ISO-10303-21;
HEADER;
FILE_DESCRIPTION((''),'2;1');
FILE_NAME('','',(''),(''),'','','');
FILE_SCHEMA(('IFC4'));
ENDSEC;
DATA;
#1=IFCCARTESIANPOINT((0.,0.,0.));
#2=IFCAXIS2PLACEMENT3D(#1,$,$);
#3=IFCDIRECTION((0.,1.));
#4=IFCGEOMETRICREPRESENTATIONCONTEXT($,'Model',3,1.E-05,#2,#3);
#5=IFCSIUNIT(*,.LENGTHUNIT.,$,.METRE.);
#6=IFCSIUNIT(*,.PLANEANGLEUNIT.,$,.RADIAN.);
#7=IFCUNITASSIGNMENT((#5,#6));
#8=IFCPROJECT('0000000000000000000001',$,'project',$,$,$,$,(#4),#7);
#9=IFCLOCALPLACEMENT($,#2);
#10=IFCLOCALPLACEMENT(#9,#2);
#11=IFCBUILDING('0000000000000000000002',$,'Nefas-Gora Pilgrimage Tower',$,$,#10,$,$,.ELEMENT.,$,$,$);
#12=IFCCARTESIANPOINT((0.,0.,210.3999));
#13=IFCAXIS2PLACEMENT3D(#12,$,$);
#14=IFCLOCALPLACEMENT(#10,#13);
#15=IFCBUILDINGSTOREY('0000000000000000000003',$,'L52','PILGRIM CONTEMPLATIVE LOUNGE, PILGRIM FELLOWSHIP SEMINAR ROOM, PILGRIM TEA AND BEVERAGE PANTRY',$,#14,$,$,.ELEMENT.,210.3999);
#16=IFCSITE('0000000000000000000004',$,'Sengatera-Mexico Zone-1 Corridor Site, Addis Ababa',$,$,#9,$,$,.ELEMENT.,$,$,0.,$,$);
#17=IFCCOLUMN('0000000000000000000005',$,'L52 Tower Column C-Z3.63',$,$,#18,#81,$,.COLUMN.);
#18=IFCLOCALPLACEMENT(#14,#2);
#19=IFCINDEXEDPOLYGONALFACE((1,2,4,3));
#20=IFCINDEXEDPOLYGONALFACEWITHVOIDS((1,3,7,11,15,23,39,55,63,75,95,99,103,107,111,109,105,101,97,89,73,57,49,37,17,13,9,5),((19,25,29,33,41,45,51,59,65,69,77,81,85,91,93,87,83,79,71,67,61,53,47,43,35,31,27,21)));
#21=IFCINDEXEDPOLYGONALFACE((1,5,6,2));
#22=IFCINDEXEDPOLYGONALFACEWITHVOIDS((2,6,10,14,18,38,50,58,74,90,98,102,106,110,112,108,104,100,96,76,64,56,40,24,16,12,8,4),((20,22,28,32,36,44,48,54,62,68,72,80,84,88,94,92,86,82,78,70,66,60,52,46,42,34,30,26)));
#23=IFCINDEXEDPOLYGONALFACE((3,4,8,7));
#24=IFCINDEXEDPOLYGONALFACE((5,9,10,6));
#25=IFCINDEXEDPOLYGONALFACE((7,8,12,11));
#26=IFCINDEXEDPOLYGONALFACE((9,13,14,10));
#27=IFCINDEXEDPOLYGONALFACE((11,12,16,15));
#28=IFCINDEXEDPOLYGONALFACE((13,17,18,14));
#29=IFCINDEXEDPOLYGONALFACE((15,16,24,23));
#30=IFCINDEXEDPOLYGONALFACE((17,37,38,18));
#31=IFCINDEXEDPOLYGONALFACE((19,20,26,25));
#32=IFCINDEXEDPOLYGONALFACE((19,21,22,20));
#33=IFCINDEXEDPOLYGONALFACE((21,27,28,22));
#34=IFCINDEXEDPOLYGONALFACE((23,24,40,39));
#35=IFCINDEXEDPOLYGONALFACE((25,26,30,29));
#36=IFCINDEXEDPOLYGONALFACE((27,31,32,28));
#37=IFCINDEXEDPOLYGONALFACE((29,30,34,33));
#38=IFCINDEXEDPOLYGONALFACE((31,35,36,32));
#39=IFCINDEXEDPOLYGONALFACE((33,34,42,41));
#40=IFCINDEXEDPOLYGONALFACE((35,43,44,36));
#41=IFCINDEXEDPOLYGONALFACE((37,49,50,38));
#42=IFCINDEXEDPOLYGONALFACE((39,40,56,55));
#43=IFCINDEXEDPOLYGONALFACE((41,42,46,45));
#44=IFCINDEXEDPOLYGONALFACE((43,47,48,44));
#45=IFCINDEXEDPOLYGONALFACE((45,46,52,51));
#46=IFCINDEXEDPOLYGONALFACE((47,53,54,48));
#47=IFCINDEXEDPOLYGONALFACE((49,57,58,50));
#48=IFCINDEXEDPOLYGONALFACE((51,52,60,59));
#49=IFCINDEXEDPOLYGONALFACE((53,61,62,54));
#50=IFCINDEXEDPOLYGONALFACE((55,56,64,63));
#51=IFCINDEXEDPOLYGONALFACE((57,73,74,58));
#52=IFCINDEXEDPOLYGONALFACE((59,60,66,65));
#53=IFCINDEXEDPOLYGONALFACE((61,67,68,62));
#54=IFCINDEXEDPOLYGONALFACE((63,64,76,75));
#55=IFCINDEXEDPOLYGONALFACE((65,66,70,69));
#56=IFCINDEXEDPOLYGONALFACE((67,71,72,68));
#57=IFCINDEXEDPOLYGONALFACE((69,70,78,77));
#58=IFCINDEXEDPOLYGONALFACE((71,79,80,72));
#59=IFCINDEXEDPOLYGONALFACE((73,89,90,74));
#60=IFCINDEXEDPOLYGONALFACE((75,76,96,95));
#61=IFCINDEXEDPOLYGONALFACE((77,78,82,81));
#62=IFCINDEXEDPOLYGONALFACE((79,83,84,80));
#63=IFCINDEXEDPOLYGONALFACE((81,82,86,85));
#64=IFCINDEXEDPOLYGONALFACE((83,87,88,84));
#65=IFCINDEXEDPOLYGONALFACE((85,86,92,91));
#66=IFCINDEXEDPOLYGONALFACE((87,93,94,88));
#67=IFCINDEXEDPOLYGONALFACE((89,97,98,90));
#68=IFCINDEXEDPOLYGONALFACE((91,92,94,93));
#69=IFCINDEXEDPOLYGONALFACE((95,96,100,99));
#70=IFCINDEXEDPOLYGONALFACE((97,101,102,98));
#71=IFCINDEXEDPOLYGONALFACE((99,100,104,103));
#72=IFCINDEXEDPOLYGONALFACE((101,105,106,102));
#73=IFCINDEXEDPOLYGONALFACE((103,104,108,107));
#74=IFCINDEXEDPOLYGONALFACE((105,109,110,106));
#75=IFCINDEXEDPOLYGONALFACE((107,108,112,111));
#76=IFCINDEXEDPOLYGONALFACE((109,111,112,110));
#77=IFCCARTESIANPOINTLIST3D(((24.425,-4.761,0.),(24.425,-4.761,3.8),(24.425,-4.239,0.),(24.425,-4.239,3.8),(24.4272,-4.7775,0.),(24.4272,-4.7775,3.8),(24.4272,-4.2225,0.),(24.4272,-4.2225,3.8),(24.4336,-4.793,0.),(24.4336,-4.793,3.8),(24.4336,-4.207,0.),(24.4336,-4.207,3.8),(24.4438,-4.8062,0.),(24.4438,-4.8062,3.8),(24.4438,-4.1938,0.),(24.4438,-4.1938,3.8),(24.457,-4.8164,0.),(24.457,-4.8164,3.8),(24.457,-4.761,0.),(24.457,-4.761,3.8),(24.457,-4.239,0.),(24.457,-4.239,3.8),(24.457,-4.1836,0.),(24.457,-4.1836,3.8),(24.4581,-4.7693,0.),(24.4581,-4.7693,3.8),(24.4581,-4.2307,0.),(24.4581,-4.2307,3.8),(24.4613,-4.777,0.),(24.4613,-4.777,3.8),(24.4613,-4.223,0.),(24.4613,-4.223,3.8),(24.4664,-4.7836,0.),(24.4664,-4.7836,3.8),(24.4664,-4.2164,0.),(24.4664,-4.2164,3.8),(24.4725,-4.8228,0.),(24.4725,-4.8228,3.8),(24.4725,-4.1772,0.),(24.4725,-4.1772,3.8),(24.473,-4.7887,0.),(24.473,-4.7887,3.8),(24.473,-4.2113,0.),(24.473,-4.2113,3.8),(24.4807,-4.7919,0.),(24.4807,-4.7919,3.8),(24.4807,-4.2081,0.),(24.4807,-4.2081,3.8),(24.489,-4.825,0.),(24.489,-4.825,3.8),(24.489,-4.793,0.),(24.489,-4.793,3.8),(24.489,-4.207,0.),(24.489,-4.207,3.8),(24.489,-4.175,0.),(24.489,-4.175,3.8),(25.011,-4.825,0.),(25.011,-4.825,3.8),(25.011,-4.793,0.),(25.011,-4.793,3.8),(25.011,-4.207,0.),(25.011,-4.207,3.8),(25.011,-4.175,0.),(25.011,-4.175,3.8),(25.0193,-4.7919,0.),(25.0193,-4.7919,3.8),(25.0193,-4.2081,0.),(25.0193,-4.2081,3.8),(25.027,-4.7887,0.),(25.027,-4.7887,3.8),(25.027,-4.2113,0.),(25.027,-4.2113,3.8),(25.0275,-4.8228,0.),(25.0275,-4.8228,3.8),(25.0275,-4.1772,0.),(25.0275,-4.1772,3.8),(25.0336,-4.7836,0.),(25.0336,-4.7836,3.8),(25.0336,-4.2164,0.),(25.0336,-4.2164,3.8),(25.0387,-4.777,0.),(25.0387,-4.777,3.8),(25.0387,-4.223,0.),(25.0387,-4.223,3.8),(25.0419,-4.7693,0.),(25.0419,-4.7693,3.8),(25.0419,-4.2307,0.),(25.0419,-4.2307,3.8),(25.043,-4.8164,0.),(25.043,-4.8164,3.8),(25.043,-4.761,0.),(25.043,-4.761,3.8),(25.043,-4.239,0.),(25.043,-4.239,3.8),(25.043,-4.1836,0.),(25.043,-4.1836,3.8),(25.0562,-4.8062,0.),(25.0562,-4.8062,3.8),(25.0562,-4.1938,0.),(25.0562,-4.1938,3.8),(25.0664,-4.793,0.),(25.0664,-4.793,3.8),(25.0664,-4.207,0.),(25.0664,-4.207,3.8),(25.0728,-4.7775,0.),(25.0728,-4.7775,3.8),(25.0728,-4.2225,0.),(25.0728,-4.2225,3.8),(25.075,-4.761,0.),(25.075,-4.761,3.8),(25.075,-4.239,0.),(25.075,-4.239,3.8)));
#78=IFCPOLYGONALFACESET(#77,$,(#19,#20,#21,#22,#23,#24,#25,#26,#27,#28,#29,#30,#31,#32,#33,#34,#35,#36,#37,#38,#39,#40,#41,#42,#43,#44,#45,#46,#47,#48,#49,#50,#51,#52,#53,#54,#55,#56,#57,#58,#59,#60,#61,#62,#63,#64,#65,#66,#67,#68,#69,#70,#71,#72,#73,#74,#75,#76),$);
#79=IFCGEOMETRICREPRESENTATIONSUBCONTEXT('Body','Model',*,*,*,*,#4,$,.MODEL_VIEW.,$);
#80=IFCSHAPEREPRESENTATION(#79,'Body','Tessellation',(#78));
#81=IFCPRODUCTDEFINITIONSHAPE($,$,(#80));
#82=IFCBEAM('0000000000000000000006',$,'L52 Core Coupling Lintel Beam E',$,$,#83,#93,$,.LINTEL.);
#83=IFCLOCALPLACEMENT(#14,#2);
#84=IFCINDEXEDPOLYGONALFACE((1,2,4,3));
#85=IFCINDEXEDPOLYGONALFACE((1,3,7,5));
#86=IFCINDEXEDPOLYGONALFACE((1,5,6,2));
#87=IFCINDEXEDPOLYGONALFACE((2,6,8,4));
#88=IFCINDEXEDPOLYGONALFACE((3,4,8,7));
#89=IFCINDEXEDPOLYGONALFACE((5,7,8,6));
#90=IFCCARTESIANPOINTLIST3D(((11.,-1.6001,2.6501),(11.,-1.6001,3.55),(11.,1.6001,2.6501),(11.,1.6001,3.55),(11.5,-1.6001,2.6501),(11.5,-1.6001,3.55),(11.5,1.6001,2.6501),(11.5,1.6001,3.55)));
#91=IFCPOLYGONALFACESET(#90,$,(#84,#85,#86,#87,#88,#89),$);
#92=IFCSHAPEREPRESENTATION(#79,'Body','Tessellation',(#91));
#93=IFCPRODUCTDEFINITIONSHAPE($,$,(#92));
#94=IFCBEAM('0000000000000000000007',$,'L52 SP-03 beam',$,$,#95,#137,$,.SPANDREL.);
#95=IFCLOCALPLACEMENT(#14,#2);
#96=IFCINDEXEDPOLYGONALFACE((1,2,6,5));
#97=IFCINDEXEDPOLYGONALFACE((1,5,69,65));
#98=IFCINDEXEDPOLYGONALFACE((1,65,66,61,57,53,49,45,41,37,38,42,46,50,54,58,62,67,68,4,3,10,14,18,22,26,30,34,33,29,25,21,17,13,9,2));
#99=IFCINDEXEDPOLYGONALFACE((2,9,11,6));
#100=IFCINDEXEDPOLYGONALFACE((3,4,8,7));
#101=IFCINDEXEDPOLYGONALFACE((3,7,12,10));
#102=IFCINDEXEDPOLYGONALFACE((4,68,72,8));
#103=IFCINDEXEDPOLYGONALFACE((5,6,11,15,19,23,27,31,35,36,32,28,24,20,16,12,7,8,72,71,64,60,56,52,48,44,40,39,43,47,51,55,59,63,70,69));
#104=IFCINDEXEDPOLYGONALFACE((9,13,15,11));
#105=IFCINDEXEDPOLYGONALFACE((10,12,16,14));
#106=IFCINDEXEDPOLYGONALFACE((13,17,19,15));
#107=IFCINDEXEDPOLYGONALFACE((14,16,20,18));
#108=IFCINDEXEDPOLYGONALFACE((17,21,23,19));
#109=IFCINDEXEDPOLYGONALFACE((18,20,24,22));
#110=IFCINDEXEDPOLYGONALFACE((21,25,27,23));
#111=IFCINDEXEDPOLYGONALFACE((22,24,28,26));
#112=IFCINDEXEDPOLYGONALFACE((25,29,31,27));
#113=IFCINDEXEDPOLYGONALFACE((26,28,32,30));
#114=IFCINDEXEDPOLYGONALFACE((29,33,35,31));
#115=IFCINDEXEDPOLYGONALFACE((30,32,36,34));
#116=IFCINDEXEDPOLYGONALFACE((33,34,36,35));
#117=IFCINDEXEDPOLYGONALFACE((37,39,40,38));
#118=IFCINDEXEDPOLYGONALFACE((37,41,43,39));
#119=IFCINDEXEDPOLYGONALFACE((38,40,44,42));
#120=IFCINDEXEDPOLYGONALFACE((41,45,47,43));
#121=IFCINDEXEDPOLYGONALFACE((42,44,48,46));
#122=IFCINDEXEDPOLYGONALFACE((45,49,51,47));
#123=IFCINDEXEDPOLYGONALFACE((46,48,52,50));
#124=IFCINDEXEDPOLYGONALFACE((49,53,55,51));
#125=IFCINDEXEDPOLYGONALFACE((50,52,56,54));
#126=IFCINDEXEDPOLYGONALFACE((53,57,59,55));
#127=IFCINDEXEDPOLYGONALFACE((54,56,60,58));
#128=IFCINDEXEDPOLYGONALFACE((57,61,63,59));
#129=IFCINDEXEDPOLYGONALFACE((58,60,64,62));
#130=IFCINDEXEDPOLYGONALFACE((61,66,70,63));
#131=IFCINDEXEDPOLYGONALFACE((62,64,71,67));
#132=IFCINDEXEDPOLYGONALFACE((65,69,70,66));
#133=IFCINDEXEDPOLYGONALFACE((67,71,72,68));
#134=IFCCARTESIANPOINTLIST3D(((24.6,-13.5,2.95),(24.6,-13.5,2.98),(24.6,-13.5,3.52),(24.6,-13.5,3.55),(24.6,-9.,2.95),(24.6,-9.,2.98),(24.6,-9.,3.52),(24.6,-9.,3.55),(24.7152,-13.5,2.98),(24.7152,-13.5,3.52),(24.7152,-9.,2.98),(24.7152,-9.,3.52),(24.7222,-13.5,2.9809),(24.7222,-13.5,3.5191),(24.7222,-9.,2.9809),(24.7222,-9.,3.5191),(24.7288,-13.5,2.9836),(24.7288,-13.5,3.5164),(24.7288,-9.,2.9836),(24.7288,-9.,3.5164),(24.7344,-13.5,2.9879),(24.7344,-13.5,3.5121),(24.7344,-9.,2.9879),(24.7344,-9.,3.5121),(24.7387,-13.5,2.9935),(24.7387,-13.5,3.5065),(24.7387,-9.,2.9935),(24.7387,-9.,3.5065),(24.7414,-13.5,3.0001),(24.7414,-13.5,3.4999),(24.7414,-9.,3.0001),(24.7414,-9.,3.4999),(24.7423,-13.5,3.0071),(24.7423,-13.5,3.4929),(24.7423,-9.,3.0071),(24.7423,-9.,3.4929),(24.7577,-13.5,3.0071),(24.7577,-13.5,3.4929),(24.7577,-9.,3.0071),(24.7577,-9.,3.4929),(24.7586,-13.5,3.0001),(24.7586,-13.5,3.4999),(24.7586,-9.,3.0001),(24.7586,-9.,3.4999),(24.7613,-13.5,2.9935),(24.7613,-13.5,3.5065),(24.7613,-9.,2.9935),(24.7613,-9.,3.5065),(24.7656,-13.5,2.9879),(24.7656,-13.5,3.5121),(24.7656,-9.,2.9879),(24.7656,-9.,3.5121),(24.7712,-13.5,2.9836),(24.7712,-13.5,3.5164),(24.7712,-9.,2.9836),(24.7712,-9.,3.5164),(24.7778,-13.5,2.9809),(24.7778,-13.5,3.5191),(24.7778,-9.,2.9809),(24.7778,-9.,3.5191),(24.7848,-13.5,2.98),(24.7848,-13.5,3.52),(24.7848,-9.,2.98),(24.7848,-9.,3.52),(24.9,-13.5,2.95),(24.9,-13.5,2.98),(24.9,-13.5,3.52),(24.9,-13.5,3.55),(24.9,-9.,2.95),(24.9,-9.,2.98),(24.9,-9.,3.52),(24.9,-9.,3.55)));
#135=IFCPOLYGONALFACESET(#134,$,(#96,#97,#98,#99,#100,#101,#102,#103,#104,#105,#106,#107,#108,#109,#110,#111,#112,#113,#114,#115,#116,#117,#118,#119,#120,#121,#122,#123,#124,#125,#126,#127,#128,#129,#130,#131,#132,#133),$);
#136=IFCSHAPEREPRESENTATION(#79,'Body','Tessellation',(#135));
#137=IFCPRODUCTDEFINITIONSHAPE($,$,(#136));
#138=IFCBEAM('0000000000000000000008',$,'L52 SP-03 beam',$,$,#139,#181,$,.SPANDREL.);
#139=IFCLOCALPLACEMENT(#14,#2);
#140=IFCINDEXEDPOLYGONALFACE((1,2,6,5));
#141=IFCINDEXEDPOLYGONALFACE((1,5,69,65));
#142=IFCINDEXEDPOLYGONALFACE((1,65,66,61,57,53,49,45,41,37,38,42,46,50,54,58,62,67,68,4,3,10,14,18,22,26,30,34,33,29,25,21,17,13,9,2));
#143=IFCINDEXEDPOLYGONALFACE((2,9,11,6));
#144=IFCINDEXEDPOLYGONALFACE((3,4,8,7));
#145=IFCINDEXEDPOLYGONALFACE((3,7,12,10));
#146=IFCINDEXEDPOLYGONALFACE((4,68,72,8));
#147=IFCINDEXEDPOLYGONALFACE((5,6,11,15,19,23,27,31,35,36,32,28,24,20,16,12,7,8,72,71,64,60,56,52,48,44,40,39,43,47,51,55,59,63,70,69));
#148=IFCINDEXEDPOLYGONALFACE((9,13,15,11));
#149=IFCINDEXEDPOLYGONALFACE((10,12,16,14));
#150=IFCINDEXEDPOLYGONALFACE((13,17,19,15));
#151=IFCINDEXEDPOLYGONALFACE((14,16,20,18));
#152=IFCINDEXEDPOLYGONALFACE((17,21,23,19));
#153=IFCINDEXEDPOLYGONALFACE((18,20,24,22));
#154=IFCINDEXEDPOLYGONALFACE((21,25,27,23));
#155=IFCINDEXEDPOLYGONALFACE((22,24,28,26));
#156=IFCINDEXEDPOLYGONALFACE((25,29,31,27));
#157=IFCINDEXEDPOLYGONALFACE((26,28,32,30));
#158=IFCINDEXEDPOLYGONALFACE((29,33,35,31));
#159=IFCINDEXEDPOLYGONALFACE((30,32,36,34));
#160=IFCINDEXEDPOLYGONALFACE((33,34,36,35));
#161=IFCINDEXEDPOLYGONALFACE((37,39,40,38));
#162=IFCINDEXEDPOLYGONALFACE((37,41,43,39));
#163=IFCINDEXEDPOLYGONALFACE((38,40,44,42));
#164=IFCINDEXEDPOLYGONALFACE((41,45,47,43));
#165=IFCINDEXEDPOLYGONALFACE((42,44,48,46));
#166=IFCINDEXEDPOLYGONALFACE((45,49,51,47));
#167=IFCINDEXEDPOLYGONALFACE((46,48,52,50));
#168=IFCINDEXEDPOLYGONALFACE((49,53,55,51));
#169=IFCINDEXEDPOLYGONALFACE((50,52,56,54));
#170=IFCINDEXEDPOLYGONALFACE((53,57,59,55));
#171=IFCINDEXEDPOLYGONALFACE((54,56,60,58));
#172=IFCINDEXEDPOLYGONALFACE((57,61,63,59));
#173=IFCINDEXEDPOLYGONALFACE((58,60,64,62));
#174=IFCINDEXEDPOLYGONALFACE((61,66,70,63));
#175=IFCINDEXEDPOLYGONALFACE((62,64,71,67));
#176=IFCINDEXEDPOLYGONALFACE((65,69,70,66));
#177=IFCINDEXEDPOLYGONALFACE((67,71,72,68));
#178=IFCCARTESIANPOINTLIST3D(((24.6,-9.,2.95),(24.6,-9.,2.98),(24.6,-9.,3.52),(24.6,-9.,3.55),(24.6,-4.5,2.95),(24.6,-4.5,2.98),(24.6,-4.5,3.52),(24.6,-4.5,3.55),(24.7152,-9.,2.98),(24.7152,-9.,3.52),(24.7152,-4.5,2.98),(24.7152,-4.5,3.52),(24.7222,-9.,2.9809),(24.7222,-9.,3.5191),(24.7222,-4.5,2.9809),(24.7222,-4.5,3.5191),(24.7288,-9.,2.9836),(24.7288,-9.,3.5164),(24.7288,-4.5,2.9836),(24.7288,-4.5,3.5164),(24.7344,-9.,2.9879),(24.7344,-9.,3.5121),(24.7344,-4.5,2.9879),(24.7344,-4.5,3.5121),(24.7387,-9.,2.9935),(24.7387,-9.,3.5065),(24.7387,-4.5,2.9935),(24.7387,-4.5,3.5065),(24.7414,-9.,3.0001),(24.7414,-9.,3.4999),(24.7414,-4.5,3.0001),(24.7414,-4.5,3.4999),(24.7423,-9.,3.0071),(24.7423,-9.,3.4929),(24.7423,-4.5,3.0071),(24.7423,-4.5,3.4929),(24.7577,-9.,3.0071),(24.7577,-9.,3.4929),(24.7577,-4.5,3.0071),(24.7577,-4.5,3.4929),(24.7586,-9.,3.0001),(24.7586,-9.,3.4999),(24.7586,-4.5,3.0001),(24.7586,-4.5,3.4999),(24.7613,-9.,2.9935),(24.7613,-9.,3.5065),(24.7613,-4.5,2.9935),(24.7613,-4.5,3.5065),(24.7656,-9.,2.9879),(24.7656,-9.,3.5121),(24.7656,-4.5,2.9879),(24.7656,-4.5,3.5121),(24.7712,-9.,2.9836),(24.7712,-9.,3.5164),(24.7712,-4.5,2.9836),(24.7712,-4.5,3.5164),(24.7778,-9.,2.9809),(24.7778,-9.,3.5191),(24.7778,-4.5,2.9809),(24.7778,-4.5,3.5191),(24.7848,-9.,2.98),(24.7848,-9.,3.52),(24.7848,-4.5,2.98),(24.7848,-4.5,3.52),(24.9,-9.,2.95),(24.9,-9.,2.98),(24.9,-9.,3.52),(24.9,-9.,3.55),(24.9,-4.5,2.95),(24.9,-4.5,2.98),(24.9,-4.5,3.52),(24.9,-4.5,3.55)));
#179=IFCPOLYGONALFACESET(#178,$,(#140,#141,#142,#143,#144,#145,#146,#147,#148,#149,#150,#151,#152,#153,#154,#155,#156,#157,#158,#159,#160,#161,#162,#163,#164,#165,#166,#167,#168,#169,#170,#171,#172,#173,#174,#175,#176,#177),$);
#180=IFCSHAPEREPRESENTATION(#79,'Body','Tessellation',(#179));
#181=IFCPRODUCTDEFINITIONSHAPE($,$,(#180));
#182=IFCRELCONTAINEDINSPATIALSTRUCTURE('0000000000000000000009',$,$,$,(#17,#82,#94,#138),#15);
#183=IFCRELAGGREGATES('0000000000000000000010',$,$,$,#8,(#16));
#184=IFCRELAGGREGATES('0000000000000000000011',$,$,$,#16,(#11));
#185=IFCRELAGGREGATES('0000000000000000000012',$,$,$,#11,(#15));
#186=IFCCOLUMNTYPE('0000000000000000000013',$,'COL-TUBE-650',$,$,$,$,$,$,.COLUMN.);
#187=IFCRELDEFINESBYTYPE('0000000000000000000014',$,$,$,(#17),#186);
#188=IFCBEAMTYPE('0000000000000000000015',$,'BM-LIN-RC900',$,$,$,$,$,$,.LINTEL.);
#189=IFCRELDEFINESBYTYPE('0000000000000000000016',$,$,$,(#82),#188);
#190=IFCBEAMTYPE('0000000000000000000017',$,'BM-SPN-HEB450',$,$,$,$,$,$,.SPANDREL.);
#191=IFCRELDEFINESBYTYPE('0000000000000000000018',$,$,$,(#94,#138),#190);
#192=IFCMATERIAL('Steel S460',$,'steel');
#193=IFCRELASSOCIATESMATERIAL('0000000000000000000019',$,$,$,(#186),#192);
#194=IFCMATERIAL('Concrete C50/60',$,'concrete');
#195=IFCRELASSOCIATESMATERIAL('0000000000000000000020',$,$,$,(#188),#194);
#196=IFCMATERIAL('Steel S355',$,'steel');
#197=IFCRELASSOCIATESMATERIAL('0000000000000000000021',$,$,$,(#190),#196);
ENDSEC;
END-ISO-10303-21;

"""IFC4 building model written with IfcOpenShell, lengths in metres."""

from ifc_helpers import new_model, si_unit, direction, frame, origin, origin_2d, place, context, subcontext, project, spatial, rectangle, hollow_rectangle, i_section, extrude, source, transform, mapped, material, material_profile, profile_set, type_object, element, save


model = new_model("IFC4")

# Units and contexts
model_context = context("Model", 3, precision=1e-05, world=origin(), true_north=direction((0.0, 1.0)))
body_context = subcontext(model_context, "Body", "Model", "MODEL_VIEW")
ifc_project = project(units=[si_unit("LENGTHUNIT", "METRE"), si_unit("PLANEANGLEUNIT", "RADIAN")], contexts=[model_context])

# Site, building, storey
site_placement = place(None, origin())
site = spatial("IfcSite", under=ifc_project, at=site_placement, Name="Sengatera-Mexico Zone-1 Corridor Site, Addis Ababa", CompositionType="ELEMENT", RefElevation=0.0)
building_placement = place(site_placement, origin())
building = spatial("IfcBuilding", under=site, at=building_placement, Name="Nefas-Gora Pilgrimage Tower", CompositionType="ELEMENT")
storey_placement = place(building_placement, frame((0.0, 0.0, 210.3999)))
storey = spatial("IfcBuildingStorey", under=building, at=storey_placement, Name="L52", Description="PILGRIM CONTEMPLATIVE LOUNGE, PILGRIM FELLOWSHIP SEMINAR ROOM, PILGRIM TEA AND BEVERAGE PANTRY", CompositionType="ELEMENT", Elevation=210.3999)

# Column
ifc_material_1 = material(Name="Steel S460", Category="steel")
ifc_material_profile_1 = material_profile(ifc_material_1, hollow_rectangle(XDim=0.6499, YDim=0.6499, WallThickness=0.032, InnerFilletRadius=0.032, OuterFilletRadius=0.064, at=origin_2d()), Name="BOX 650x650x32")
ifc_profile_set_1 = profile_set([ifc_material_profile_1], Name="Steel S460")
column_type_1 = type_object("IfcColumnType", Name="COL-TUBE-650", PredefinedType="COLUMN", material=ifc_profile_set_1)
shared_shape_1 = source(origin(), body_context, "Body", "SweptSolid", [
    extrude(hollow_rectangle(XDim=0.6499, YDim=0.6499, WallThickness=0.032, InnerFilletRadius=0.032, OuterFilletRadius=0.064, at=origin_2d()), origin(), (0.0, 0.0, 1.0), 3.8),
])
for number, where, z_axis, x_axis, name in (
    (1, (24.75, -4.5, 0.0), (0.0, 0.0, 1.0), (1.0, 0.0, 0.0), "L52 Tower Column C-Z3.63"),
):
    element("IfcColumn", number, at=place(storey_placement, frame(where, z_axis=z_axis, x_axis=x_axis)), inside=storey, type_object=column_type_1, Name=name, PredefinedType="COLUMN", context=body_context, shape_type="MappedRepresentation", body=[
        mapped(shared_shape_1, transform((0.0, 0.0, 0.0), x_axis=(1.0, 0.0, 0.0), y_axis=(0.0, 1.0, 0.0), z_axis=(0.0, 0.0, 1.0), scale=1.0)),
    ])

# Beams
ifc_material_2 = material(Name="Concrete C50/60", Category="concrete")
ifc_material_profile_2 = material_profile(ifc_material_2, rectangle(XDim=0.5, YDim=0.8999, at=origin_2d()), Name="RC 500x900")
ifc_profile_set_2 = profile_set([ifc_material_profile_2], Name="Concrete C50/60")
beam_type_1 = type_object("IfcBeamType", Name="BM-LIN-RC900", PredefinedType="LINTEL", material=ifc_profile_set_2)
shared_shape_2 = source(origin(), body_context, "Body", "SweptSolid", [
    extrude(rectangle(XDim=0.5, YDim=0.8999, at=origin_2d()), origin(), (0.0, 0.0, 1.0), 3.2002),
])
beam_placement = place(storey_placement, frame((11.25, -1.6001, 3.1001), z_axis=(0.0, 1.0, 0.0), x_axis=(-1.0, 0.0, 0.0)))
element("IfcBeam", 2, at=beam_placement, inside=storey, type_object=beam_type_1, Name="L52 Core Coupling Lintel Beam E", PredefinedType="LINTEL", context=body_context, shape_type="MappedRepresentation", body=[
    mapped(shared_shape_2, transform((0.0, 0.0, 0.0), x_axis=(1.0, 0.0, 0.0), y_axis=(0.0, 1.0, 0.0), z_axis=(0.0, 0.0, 1.0), scale=1.0)),
])
ifc_material_3 = material(Name="Steel S355", Category="steel")
ifc_material_profile_3 = material_profile(ifc_material_3, i_section(OverallWidth=0.3, OverallDepth=0.6001, WebThickness=0.0154, FlangeThickness=0.03, FilletRadius=0.0271, at=origin_2d()), Name="HEB 600")
ifc_profile_set_3 = profile_set([ifc_material_profile_3], Name="Steel S355")
beam_type_2 = type_object("IfcBeamType", Name="BM-SPN-HEB450", PredefinedType="SPANDREL", material=ifc_profile_set_3)
shared_shape_3 = source(origin(), body_context, "Body", "SweptSolid", [
    extrude(i_section(OverallWidth=0.3, OverallDepth=0.6001, WebThickness=0.0154, FlangeThickness=0.03, FilletRadius=0.0271, at=origin_2d()), origin(), (0.0, 0.0, 1.0), 4.5),
])
for number, where, z_axis, x_axis, name in (
    (3, (24.75, -13.5, 3.25), (0.0, 1.0, 0.0), (-1.0, 0.0, 0.0), "L52 SP-03 beam"),
    (4, (24.75, -9.0, 3.25), (0.0, 1.0, 0.0), (-1.0, 0.0, 0.0), "L52 SP-03 beam"),
):
    element("IfcBeam", number, at=place(storey_placement, frame(where, z_axis=z_axis, x_axis=x_axis)), inside=storey, type_object=beam_type_2, Name=name, PredefinedType="SPANDREL", context=body_context, shape_type="MappedRepresentation", body=[
        mapped(shared_shape_3, transform((0.0, 0.0, 0.0), x_axis=(1.0, 0.0, 0.0), y_axis=(0.0, 1.0, 0.0), z_axis=(0.0, 0.0, 1.0), scale=1.0)),
    ])

save(model, "model.ifc")
